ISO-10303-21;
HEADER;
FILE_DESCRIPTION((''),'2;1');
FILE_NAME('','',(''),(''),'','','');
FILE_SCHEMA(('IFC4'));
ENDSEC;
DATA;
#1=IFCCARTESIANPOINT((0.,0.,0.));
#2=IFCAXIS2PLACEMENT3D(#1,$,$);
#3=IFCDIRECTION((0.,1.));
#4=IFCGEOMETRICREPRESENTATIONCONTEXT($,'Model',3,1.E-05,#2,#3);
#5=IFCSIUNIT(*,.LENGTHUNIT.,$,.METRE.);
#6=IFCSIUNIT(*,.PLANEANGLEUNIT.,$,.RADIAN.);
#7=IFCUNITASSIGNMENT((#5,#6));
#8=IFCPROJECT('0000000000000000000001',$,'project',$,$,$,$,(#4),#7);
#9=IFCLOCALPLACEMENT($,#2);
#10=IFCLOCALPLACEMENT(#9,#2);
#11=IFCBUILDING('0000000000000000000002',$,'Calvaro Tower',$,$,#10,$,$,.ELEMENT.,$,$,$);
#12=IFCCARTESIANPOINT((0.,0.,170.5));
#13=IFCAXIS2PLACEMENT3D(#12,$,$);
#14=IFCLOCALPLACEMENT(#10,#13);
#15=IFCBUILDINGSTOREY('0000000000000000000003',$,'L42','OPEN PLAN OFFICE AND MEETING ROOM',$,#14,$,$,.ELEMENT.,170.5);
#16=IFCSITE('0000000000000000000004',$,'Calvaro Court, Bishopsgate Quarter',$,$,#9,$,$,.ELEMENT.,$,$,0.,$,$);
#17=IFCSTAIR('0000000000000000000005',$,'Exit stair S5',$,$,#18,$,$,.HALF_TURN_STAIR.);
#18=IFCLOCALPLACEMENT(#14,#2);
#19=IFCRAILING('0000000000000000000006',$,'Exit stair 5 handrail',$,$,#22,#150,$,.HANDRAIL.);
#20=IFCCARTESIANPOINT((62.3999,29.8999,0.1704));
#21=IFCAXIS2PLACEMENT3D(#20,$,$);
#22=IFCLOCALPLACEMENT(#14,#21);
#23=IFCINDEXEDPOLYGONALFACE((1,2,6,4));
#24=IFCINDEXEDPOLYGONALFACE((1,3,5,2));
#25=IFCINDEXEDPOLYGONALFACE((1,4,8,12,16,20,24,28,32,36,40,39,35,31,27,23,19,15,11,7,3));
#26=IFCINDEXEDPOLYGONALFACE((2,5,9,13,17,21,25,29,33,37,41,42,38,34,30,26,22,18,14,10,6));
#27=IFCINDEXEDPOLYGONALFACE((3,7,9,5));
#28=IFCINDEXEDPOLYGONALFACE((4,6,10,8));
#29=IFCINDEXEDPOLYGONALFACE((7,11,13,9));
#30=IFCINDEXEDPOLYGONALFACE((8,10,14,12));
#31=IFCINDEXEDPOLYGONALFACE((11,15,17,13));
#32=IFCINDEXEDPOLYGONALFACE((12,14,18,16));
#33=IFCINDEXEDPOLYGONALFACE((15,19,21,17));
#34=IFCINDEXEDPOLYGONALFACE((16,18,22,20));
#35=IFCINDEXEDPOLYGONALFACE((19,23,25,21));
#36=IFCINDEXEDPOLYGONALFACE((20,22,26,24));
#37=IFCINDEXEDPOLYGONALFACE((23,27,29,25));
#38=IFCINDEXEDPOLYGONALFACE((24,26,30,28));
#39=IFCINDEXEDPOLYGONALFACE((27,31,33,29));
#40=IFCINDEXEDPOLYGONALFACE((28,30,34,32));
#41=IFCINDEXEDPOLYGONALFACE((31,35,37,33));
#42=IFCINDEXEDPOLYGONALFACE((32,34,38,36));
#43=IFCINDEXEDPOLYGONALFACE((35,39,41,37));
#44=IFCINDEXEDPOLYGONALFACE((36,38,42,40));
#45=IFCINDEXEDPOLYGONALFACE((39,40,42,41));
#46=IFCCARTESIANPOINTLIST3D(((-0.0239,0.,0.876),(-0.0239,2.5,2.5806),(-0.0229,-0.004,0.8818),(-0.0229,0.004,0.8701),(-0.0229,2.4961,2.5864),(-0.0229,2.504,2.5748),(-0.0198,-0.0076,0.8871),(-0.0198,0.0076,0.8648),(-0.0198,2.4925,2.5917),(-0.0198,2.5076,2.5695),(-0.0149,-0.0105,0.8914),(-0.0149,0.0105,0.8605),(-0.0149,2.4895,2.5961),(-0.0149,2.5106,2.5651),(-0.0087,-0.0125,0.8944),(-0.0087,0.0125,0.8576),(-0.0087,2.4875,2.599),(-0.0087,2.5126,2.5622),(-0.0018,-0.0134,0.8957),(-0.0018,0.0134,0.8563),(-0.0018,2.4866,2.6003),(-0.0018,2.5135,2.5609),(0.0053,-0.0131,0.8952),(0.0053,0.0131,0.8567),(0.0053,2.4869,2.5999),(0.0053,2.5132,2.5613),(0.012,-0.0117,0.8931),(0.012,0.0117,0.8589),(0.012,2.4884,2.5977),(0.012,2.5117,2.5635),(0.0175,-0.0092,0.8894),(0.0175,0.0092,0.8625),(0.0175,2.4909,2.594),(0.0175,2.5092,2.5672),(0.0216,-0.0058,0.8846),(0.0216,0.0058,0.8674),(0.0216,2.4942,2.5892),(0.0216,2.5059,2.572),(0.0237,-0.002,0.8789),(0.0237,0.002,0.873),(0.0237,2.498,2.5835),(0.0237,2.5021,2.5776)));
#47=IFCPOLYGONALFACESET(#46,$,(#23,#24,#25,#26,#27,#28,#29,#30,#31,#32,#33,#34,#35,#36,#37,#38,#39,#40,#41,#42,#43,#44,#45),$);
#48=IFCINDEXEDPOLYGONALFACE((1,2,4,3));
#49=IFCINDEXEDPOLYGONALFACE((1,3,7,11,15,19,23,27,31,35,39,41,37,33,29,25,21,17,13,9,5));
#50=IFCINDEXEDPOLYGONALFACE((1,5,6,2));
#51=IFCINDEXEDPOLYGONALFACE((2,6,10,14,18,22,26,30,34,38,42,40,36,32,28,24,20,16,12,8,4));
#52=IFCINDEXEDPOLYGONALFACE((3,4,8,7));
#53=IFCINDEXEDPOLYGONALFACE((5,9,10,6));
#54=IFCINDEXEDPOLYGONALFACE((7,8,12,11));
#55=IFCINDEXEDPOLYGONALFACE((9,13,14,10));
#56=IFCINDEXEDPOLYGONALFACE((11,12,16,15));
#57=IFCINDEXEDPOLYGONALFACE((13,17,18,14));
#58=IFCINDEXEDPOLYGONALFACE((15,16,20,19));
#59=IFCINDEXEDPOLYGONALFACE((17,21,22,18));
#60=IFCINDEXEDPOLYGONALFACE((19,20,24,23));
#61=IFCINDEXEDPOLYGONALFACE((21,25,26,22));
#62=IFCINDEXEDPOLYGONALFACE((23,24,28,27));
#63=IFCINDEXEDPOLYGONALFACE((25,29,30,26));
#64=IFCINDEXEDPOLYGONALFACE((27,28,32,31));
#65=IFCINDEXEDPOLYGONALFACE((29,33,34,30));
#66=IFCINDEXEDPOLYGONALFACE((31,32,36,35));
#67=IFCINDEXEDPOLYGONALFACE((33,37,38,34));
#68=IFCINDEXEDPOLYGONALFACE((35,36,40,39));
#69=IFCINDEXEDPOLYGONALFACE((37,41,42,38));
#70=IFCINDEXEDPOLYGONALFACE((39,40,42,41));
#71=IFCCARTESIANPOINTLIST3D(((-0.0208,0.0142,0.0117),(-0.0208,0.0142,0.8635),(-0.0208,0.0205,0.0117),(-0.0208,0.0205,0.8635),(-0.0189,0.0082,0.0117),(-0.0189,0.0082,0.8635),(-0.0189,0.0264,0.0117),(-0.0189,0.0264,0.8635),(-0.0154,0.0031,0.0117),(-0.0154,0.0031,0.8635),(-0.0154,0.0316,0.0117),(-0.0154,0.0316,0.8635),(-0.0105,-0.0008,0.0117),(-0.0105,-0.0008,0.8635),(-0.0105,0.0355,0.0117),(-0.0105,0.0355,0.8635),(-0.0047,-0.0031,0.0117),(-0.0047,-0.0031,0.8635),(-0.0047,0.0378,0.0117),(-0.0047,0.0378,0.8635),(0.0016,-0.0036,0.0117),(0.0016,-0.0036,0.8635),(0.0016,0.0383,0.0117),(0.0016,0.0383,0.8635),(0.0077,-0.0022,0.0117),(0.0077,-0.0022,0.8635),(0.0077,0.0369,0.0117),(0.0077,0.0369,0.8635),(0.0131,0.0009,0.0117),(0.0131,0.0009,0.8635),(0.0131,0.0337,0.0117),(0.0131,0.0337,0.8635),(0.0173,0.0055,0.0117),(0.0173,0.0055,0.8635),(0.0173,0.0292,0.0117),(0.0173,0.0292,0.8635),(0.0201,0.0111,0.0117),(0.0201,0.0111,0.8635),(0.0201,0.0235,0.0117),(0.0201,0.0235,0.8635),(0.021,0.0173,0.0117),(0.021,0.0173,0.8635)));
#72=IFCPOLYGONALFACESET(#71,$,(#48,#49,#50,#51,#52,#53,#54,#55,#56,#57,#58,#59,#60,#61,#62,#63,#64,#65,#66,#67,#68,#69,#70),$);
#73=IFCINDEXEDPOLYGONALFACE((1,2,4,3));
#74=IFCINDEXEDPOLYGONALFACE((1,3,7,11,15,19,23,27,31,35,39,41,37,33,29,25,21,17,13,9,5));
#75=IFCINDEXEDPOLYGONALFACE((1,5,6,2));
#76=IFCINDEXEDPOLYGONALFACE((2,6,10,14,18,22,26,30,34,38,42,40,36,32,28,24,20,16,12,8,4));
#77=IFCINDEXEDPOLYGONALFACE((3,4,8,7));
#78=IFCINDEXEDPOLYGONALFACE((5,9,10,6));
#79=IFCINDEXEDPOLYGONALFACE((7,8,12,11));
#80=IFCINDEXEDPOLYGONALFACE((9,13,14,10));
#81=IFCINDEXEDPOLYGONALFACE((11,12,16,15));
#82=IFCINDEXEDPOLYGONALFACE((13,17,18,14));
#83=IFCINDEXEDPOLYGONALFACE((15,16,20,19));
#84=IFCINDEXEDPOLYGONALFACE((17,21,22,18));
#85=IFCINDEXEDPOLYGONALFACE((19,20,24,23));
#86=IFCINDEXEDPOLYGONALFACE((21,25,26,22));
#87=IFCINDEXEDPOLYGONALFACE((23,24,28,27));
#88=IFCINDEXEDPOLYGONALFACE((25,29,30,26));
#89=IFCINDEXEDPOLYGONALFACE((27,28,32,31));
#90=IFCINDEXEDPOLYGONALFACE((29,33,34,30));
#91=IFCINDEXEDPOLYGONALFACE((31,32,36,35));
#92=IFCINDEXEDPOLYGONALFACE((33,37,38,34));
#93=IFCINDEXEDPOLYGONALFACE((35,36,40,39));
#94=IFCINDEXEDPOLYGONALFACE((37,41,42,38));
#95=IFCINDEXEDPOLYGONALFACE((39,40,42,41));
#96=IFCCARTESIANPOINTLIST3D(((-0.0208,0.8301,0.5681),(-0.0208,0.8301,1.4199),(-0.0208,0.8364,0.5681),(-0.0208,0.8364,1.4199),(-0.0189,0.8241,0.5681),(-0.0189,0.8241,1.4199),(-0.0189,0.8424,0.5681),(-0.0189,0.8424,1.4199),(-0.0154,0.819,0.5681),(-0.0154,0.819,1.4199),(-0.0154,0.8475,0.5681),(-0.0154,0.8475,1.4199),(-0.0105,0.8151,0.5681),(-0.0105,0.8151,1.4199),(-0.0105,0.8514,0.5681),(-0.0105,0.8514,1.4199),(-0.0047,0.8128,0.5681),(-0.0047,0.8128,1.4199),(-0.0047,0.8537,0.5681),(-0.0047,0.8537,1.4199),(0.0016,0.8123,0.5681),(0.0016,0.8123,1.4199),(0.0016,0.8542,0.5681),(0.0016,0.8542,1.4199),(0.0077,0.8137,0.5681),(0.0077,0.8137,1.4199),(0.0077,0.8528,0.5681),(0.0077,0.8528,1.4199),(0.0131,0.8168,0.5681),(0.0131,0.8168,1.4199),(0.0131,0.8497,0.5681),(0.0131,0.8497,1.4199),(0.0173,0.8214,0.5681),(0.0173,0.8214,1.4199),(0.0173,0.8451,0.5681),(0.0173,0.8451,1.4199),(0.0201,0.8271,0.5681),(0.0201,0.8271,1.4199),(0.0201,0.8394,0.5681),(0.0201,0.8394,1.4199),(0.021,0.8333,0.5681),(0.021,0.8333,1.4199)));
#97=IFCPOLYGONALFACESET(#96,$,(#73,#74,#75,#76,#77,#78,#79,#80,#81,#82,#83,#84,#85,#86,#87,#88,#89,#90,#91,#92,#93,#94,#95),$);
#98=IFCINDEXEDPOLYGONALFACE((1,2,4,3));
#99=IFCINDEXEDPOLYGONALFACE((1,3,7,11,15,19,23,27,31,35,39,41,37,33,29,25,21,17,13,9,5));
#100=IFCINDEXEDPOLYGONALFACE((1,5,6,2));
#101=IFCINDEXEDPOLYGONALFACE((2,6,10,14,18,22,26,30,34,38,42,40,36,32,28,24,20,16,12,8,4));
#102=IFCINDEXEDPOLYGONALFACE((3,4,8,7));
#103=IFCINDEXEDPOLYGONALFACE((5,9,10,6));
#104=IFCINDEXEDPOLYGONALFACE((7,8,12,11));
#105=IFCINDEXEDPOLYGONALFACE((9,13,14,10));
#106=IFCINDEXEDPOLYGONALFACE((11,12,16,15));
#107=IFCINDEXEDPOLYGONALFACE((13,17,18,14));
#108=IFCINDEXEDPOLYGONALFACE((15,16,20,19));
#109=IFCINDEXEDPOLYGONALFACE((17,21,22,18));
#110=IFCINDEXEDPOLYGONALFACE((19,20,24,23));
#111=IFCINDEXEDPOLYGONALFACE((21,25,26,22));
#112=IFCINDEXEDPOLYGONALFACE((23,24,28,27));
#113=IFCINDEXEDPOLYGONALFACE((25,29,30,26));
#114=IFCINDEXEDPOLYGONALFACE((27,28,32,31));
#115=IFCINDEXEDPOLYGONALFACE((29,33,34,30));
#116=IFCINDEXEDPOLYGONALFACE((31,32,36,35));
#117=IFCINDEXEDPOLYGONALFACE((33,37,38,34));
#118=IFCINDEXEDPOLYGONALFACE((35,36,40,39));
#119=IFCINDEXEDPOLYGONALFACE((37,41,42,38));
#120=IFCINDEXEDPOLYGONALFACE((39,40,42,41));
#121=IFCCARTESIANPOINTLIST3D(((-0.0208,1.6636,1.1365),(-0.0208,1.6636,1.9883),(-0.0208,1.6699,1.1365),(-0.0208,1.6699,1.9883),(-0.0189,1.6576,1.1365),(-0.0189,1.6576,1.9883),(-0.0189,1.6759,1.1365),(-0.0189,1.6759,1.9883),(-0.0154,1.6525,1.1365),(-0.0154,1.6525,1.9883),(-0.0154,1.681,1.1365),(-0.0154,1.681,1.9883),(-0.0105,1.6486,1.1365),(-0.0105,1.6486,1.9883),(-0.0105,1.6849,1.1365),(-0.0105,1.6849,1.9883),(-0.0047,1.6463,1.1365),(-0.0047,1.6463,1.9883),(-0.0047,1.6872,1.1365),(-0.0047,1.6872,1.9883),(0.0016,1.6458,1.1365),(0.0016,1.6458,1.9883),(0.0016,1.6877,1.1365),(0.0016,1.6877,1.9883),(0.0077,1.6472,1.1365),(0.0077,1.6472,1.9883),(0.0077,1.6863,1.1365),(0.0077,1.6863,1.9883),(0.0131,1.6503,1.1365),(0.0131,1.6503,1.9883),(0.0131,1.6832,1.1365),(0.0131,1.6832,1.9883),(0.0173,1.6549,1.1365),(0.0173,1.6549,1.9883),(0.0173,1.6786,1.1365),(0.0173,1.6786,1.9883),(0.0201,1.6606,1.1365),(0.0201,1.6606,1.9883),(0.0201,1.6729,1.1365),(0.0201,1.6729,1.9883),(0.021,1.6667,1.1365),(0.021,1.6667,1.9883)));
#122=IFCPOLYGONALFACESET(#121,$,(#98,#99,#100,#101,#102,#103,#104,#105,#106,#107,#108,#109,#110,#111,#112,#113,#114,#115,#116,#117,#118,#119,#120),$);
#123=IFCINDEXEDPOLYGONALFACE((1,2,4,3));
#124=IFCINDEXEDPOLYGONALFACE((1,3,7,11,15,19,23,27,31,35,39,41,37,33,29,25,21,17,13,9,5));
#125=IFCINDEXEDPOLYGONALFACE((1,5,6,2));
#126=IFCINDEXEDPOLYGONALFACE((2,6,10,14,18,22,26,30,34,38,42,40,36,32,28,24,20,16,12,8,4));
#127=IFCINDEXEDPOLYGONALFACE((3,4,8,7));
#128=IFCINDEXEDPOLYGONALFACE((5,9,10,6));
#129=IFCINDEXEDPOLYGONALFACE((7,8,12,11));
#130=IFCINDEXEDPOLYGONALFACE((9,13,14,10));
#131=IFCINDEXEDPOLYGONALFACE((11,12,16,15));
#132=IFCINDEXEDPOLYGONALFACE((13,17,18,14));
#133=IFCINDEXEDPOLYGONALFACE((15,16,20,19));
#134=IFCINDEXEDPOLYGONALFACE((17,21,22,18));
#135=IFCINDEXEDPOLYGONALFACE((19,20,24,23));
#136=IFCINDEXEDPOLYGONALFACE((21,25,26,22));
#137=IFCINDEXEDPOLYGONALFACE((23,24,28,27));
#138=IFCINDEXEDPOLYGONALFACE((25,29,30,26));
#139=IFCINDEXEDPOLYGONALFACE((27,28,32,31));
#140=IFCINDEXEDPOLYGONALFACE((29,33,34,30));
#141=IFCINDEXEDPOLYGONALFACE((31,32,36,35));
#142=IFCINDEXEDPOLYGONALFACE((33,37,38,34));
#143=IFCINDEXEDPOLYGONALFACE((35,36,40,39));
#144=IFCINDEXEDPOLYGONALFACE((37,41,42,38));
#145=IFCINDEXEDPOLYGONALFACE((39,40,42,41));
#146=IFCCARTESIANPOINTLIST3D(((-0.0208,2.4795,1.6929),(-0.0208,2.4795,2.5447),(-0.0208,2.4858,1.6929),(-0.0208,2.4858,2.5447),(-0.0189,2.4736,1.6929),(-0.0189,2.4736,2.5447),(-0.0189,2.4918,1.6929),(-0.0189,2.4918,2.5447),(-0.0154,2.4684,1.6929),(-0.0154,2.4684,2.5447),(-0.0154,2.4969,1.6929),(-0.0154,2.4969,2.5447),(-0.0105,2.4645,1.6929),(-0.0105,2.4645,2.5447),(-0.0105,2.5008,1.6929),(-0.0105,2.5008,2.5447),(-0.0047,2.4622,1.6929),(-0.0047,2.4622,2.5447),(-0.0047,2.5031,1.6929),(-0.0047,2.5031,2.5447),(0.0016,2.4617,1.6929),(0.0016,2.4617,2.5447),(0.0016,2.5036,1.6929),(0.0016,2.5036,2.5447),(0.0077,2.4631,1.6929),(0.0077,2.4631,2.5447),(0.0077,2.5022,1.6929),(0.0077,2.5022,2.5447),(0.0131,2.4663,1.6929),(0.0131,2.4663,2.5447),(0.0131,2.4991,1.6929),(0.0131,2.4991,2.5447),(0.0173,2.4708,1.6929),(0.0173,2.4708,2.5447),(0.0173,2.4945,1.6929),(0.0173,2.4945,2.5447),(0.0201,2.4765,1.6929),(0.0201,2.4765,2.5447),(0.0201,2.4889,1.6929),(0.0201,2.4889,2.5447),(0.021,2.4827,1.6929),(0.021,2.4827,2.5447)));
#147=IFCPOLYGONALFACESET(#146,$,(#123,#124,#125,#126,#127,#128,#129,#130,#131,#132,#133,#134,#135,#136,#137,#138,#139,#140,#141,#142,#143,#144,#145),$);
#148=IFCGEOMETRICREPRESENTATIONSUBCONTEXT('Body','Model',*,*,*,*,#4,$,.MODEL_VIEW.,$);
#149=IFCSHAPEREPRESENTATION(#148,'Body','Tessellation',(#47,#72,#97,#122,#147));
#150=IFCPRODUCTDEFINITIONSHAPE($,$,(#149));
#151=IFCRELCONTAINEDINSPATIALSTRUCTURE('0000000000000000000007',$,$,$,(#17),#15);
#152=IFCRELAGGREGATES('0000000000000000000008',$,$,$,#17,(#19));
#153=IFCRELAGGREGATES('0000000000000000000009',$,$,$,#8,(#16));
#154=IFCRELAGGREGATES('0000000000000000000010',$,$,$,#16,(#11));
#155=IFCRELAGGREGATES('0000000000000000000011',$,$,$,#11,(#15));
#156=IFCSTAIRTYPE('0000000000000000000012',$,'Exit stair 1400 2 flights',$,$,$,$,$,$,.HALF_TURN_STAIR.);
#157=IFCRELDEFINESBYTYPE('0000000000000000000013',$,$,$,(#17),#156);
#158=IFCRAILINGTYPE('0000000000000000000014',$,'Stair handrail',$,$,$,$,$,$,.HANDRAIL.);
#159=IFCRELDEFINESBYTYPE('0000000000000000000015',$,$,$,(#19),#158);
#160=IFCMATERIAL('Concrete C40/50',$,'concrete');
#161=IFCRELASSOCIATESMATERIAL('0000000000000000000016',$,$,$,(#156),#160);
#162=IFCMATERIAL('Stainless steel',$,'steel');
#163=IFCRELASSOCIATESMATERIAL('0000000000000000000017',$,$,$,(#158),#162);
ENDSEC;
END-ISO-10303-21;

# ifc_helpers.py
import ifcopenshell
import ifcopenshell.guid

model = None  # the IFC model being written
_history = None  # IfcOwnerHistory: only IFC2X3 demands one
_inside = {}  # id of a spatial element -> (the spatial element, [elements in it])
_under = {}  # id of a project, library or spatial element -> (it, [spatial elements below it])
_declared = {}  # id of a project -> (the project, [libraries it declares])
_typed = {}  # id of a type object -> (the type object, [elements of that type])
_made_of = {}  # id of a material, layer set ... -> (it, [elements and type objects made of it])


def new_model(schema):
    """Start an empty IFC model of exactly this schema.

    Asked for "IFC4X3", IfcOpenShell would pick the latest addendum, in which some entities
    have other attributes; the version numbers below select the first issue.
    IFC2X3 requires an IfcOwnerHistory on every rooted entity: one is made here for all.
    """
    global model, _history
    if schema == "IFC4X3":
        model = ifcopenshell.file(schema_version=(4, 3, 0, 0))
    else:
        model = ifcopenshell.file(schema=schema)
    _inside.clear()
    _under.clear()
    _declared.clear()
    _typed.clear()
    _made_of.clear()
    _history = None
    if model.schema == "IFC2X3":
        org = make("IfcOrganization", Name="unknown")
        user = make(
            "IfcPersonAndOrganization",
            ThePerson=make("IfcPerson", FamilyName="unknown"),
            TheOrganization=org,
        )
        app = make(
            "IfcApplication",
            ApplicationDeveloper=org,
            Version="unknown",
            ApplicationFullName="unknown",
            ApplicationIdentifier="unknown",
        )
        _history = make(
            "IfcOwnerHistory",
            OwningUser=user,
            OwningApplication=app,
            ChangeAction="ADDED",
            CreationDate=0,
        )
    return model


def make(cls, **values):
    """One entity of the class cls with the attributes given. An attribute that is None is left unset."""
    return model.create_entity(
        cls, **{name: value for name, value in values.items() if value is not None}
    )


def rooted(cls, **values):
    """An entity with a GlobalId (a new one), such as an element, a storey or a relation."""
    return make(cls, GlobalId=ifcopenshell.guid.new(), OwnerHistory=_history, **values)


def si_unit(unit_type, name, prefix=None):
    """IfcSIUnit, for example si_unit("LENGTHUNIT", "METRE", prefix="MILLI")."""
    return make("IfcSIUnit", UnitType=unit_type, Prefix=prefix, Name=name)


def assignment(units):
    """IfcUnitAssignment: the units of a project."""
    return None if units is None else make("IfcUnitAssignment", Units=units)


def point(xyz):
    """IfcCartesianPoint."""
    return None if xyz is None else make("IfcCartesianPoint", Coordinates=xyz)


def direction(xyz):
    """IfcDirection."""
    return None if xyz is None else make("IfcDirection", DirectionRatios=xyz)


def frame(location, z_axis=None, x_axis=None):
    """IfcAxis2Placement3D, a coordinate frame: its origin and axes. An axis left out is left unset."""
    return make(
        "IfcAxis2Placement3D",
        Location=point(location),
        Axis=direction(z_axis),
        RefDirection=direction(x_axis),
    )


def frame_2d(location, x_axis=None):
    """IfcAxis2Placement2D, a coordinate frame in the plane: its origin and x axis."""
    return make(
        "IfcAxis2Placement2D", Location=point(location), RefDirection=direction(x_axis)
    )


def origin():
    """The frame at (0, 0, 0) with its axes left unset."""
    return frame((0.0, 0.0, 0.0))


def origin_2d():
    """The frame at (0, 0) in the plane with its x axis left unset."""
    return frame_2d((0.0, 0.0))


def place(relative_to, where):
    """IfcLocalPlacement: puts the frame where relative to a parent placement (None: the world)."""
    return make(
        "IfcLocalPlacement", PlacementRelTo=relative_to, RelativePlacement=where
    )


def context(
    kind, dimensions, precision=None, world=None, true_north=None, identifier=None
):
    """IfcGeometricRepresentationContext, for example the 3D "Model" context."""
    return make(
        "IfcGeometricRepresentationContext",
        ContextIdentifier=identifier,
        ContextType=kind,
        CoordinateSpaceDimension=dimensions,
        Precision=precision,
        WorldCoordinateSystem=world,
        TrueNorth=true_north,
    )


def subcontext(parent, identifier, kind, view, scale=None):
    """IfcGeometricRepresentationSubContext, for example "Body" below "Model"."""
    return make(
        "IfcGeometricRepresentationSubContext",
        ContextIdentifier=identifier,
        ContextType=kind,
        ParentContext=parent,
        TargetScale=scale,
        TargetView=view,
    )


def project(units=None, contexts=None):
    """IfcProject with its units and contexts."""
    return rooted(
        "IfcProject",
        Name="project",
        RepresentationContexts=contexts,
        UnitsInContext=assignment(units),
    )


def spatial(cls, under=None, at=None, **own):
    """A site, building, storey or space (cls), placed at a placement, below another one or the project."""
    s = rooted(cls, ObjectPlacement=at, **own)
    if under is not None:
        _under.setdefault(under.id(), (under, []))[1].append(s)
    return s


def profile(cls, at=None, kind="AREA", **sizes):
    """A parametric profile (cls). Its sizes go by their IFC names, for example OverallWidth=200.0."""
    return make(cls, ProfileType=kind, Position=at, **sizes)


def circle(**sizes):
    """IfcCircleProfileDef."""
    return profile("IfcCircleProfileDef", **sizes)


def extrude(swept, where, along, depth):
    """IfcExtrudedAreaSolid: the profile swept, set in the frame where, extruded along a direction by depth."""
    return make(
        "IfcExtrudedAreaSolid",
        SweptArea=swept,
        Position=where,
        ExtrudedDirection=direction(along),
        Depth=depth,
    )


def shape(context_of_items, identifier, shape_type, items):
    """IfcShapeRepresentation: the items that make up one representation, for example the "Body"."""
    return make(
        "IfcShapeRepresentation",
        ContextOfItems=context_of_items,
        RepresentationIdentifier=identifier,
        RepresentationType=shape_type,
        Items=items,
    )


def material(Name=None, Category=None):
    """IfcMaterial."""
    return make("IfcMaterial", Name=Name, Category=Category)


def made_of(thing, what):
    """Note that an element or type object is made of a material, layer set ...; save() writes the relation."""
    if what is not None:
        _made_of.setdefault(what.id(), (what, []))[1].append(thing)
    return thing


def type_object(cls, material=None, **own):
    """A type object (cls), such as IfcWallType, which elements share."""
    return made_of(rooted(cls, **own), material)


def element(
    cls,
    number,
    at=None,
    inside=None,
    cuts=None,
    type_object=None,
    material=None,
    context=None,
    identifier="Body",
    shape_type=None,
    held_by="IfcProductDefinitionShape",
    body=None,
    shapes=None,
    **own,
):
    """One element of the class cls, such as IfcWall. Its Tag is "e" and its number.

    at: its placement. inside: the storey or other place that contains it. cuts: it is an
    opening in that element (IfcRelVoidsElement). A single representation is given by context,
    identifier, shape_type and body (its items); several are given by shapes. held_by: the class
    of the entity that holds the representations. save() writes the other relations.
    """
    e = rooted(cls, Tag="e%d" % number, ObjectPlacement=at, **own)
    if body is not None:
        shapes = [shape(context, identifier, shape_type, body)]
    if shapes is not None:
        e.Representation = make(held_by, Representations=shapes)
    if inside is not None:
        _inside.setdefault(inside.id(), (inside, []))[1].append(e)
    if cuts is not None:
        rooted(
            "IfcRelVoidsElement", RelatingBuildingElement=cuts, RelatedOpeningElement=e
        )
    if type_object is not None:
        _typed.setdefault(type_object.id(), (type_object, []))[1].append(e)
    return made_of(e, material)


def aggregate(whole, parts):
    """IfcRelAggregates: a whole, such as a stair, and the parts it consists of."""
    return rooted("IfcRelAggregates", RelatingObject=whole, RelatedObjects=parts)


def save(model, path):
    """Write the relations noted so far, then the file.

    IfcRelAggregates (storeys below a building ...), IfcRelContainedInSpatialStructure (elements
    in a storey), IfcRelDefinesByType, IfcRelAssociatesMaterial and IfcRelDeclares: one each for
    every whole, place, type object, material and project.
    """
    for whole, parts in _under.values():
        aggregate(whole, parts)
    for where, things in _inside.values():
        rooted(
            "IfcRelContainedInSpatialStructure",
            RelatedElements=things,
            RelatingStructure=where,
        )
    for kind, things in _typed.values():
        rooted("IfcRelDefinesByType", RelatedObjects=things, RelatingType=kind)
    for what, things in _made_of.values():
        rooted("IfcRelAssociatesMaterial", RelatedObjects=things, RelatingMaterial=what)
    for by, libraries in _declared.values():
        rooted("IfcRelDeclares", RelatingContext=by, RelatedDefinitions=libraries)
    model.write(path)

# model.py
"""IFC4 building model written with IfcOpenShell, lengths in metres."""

from ifc_helpers import new_model, si_unit, direction, frame, origin, origin_2d, place, context, subcontext, project, spatial, circle, extrude, material, type_object, element, aggregate, save


model = new_model("IFC4")

# Units and contexts
model_context = context("Model", 3, precision=1e-05, world=origin(), true_north=direction((0.0, 1.0)))
body_context = subcontext(model_context, "Body", "Model", "MODEL_VIEW")
ifc_project = project(units=[si_unit("LENGTHUNIT", "METRE"), si_unit("PLANEANGLEUNIT", "RADIAN")], contexts=[model_context])

# Site, building, storey
site_placement = place(None, origin())
site = spatial("IfcSite", under=ifc_project, at=site_placement, Name="Calvaro Court, Bishopsgate Quarter", CompositionType="ELEMENT", RefElevation=0.0)
building_placement = place(site_placement, origin())
building = spatial("IfcBuilding", under=site, at=building_placement, Name="Calvaro Tower", CompositionType="ELEMENT")
storey_placement = place(building_placement, frame((0.0, 0.0, 170.5)))
storey = spatial("IfcBuildingStorey", under=building, at=storey_placement, Name="L42", Description="OPEN PLAN OFFICE AND MEETING ROOM", CompositionType="ELEMENT", Elevation=170.5)

# Stair
ifc_material_1 = material(Name="Concrete C40/50", Category="concrete")
stair_type = type_object("IfcStairType", Name="Exit stair 1400 2 flights", PredefinedType="HALF_TURN_STAIR", material=ifc_material_1)
stair_1_placement = place(storey_placement, origin())
stair_1 = element("IfcStair", 1, at=stair_1_placement, inside=storey, type_object=stair_type, Name="Exit stair S5", PredefinedType="HALF_TURN_STAIR")

# Railing
ifc_material_2 = material(Name="Stainless steel", Category="steel")
railing_type = type_object("IfcRailingType", Name="Stair handrail", PredefinedType="HANDRAIL", material=ifc_material_2)
railing_1_placement = place(storey_placement, frame((62.3999, 29.8999, 0.1704)))
railing_1 = element("IfcRailing", 2, at=railing_1_placement, type_object=railing_type, Name="Exit stair 5 handrail", PredefinedType="HANDRAIL", context=body_context, shape_type="SweptSolid", body=[
    extrude(circle(Radius=0.0239, at=origin_2d()), frame((0.0, 0.0, 0.876), z_axis=(0.0, 0.826221, 0.563347), x_axis=(-1.0, 0.0, 0.0)), (0.0, 0.0, 1.0), 3.0259),
    extrude(circle(Radius=0.021, at=origin_2d()), frame((0.0, 0.0173, 0.0117)), (0.0, 0.0, 1.0), 0.8518),
    extrude(circle(Radius=0.021, at=origin_2d()), frame((0.0, 0.8333, 0.5681)), (0.0, 0.0, 1.0), 0.8518),
    extrude(circle(Radius=0.021, at=origin_2d()), frame((0.0, 1.6667, 1.1365)), (0.0, 0.0, 1.0), 0.8518),
    extrude(circle(Radius=0.021, at=origin_2d()), frame((0.0, 2.4827, 1.6929)), (0.0, 0.0, 1.0), 0.8518),
])
aggregate(stair_1, [railing_1])

save(model, "model.ifc")
